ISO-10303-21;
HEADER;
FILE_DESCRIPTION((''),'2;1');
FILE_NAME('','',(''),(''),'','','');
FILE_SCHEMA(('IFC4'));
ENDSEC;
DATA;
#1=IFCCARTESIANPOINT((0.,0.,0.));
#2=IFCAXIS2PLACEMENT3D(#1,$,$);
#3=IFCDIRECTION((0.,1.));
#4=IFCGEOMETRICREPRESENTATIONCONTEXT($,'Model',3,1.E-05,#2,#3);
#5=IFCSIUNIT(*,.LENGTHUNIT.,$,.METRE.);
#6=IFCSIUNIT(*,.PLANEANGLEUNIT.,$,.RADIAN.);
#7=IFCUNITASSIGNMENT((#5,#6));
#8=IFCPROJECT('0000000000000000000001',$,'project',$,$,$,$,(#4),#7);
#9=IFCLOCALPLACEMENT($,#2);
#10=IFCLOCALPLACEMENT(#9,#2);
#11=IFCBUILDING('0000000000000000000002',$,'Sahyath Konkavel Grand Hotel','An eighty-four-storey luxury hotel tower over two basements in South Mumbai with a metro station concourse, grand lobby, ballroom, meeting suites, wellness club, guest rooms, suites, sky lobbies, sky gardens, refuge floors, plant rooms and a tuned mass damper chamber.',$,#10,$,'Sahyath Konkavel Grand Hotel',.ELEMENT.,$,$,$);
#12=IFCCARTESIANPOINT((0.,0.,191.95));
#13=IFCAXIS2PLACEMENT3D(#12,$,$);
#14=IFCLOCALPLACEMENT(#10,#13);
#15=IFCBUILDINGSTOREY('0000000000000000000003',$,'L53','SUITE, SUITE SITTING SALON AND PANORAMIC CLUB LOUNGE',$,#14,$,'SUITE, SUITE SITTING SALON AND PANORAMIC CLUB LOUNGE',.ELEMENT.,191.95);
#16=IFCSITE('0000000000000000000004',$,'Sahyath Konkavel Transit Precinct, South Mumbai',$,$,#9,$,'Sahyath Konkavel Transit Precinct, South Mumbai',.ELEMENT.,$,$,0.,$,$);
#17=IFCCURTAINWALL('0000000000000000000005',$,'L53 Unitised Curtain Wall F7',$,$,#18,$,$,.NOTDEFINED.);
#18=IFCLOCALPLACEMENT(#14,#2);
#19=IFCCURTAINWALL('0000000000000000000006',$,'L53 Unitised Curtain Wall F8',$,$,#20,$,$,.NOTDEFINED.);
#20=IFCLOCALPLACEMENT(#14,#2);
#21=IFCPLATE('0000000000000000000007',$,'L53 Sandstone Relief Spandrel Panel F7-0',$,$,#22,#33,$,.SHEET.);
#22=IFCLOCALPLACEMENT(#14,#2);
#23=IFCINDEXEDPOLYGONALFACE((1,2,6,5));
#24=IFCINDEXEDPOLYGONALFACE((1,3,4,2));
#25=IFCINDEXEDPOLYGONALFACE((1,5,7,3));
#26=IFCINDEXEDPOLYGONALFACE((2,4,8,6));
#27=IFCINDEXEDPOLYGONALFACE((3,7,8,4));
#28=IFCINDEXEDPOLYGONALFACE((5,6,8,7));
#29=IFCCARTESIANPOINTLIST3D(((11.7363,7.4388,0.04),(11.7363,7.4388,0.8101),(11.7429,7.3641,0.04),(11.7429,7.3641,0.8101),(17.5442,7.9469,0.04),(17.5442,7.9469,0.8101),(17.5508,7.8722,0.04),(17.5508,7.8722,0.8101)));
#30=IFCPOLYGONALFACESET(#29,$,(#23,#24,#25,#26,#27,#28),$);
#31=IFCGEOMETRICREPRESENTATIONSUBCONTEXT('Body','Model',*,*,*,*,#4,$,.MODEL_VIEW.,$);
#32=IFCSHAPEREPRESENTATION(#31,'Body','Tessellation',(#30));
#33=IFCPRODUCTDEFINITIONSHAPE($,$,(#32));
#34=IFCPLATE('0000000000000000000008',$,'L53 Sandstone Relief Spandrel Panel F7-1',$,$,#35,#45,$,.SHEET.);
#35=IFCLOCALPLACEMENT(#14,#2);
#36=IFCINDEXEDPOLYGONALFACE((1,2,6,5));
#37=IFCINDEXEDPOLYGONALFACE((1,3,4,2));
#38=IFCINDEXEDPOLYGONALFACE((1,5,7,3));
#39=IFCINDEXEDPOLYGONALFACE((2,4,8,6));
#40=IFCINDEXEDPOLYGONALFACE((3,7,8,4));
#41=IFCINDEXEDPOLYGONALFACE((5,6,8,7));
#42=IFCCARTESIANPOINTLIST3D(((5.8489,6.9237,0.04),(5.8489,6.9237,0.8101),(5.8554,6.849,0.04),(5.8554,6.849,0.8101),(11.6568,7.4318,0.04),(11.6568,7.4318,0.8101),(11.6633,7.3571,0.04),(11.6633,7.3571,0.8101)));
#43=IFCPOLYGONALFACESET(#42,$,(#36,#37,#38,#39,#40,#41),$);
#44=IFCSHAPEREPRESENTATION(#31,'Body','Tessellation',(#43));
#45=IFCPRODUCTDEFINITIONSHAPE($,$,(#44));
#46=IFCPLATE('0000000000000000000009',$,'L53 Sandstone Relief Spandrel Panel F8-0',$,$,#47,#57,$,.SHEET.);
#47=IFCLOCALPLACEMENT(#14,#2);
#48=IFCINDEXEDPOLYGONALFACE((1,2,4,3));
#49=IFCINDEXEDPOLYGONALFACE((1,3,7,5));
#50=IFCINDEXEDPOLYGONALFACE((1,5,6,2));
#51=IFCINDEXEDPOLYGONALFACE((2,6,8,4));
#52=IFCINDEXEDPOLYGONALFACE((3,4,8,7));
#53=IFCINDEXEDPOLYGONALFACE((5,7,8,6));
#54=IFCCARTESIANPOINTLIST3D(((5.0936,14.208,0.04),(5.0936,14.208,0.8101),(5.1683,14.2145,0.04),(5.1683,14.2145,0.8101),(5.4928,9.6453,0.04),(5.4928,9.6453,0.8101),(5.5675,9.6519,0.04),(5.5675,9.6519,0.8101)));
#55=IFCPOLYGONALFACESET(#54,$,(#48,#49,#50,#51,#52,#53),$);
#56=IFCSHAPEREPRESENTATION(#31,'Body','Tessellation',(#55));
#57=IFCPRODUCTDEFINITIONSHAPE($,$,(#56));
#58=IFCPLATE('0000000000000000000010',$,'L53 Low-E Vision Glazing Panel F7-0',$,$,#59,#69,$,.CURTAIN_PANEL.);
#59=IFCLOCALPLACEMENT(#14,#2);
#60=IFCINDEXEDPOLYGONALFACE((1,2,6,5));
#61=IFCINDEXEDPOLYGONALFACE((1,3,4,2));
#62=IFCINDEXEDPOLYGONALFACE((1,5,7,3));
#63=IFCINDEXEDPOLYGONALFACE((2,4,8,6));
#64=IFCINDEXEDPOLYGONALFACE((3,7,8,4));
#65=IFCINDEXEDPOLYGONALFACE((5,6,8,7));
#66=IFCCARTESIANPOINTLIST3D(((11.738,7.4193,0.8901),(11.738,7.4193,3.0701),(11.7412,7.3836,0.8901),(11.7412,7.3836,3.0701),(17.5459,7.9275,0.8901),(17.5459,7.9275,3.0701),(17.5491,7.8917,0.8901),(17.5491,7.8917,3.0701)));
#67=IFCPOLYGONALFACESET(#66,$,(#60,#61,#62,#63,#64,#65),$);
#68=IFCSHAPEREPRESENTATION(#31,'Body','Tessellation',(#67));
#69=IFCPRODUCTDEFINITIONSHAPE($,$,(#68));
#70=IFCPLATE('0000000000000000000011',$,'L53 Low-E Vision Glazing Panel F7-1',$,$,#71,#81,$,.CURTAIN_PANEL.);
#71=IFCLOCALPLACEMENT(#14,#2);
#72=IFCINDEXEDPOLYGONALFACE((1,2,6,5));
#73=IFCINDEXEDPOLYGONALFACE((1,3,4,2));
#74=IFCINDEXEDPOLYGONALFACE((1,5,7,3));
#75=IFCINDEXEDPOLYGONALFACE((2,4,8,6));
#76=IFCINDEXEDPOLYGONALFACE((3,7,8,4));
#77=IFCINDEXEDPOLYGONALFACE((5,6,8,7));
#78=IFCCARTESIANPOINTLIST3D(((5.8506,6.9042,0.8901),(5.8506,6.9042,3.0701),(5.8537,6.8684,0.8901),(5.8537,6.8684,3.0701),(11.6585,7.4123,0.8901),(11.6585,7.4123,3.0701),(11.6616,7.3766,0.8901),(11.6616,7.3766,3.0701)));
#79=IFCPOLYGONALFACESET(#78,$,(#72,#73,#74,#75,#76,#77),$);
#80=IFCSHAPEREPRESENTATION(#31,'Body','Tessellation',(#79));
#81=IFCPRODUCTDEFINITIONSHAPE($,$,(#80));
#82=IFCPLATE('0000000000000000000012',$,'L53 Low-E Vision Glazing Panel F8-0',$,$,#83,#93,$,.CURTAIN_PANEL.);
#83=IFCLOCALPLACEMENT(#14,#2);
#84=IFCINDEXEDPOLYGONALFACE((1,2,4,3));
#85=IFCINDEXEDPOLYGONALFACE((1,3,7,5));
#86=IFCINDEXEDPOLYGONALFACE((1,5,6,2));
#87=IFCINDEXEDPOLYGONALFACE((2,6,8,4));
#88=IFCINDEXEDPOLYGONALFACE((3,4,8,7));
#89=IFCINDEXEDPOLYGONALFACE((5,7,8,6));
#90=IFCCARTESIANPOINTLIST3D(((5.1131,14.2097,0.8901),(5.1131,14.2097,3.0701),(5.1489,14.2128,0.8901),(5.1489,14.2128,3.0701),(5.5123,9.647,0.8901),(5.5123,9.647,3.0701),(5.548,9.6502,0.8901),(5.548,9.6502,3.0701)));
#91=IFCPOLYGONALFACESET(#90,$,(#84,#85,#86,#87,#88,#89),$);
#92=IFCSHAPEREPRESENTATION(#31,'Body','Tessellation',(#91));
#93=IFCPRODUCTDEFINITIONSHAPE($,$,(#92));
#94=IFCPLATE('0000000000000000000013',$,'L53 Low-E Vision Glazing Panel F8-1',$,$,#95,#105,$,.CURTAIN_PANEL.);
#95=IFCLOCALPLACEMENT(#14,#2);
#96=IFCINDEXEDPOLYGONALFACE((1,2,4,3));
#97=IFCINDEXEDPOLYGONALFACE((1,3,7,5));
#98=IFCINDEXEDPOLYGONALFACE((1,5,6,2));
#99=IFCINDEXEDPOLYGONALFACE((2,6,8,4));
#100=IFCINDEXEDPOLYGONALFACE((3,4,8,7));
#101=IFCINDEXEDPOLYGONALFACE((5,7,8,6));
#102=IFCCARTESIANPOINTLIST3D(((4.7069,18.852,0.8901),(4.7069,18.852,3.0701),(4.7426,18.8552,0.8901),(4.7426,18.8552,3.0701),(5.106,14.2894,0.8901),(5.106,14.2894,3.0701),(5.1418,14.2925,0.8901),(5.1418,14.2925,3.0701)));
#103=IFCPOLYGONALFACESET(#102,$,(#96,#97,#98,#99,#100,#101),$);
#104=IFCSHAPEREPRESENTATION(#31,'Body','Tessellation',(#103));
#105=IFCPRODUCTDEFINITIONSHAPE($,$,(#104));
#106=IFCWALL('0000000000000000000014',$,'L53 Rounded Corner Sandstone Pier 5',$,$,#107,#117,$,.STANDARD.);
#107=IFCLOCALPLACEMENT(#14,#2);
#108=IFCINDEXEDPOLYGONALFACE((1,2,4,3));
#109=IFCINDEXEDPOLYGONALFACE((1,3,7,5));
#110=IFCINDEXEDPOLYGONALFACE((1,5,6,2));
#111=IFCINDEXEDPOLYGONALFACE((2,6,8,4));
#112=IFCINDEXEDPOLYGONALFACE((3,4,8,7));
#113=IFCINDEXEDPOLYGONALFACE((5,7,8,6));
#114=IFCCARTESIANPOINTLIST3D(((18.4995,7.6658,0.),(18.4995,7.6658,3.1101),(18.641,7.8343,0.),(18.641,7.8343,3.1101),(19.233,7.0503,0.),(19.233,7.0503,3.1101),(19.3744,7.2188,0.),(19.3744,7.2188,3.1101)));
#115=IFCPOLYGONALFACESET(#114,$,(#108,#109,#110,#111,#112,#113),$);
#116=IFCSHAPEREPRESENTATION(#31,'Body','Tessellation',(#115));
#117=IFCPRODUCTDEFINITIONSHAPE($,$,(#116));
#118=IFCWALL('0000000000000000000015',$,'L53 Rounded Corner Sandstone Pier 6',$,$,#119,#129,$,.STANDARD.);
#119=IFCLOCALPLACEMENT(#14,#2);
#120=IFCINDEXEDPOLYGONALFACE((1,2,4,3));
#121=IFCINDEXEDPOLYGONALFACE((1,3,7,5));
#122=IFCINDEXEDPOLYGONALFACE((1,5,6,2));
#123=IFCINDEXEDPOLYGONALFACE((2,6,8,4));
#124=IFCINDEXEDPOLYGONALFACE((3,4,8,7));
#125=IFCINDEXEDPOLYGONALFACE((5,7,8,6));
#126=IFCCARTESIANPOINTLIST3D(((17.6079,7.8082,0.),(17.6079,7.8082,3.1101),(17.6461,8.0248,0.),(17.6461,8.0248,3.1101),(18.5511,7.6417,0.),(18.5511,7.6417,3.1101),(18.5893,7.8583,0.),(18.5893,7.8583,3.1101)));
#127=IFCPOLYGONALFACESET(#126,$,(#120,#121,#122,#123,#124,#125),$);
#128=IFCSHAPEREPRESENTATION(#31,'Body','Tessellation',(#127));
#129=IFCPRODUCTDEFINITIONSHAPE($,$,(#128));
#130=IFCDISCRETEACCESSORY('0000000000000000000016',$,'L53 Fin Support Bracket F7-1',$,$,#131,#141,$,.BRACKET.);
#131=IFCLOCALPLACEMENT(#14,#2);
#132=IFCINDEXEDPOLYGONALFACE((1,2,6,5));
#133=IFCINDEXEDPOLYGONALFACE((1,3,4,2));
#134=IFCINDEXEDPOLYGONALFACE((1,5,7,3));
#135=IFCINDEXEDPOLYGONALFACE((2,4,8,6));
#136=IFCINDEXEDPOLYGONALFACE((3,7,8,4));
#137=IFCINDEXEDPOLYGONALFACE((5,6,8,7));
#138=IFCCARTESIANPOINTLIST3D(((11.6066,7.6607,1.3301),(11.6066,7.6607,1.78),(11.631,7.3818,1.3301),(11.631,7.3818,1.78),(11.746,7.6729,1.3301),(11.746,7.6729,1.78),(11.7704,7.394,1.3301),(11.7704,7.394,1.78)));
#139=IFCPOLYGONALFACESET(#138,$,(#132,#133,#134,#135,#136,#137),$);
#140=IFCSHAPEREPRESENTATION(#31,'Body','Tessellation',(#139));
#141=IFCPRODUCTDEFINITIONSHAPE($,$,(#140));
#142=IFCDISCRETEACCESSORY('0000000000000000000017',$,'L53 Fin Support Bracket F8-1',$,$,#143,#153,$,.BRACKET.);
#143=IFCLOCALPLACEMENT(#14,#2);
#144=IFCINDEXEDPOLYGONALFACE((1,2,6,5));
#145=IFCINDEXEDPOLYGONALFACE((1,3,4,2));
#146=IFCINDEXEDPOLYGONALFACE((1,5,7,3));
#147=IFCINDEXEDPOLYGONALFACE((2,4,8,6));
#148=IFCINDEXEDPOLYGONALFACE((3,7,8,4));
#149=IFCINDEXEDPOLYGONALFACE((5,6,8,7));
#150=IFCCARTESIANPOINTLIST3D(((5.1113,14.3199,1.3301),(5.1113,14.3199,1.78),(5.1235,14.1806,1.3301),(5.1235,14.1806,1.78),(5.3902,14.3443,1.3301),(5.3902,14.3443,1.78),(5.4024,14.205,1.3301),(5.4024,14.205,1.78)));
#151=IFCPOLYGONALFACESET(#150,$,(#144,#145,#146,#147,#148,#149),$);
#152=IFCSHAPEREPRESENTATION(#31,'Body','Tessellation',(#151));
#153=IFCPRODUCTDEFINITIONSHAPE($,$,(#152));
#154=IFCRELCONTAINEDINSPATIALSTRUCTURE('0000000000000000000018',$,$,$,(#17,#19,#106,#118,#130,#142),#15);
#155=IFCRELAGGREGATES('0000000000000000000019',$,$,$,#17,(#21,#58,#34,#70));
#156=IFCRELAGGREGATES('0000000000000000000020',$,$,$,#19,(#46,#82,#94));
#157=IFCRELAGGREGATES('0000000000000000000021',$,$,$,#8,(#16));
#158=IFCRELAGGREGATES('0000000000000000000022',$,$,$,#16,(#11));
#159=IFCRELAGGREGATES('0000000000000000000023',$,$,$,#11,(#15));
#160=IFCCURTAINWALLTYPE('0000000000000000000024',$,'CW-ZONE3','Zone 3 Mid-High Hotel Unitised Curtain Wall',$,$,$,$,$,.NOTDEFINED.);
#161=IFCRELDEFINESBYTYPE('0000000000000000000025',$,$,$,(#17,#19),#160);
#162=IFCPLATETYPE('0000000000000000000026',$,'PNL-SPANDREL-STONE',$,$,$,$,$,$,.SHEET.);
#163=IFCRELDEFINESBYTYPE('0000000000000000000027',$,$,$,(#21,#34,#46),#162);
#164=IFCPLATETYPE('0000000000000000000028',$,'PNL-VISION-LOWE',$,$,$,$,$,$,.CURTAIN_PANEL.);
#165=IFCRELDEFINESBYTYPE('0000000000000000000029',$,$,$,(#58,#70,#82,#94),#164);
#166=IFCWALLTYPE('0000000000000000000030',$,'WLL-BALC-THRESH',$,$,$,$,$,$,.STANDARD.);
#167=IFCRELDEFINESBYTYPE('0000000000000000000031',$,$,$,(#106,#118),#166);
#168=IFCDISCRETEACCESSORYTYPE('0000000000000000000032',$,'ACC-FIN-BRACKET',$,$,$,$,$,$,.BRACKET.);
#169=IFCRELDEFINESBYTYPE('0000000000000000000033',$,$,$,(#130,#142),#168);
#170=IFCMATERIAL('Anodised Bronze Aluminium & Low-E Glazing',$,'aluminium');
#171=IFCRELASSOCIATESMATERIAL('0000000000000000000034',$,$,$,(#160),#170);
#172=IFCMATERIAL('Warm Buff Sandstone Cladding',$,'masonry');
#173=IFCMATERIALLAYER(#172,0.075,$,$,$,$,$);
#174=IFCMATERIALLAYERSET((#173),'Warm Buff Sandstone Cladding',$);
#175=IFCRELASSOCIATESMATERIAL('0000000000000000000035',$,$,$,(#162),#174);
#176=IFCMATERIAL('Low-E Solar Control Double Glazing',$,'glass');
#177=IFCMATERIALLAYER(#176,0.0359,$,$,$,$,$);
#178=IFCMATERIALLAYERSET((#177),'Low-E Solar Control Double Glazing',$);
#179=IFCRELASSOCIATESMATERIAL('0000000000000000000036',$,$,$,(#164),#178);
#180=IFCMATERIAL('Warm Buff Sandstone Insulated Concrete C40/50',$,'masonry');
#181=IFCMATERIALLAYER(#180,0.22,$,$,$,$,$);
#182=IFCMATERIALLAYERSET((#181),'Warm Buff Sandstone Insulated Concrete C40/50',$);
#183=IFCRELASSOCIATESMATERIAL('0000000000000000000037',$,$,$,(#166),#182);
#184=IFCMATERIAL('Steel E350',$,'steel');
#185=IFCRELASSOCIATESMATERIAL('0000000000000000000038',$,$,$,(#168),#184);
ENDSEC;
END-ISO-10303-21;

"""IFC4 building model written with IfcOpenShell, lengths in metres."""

from ifc_helpers import new_model, si_unit, direction, frame, frame_2d, origin, origin_2d, place, context, subcontext, project, spatial, rectangle, extrude, source, transform, mapped, material, layer, layer_set, type_object, element, aggregate, save


model = new_model("IFC4")

# Units and contexts
model_context = context("Model", 3, precision=1e-05, world=origin(), true_north=direction((0.0, 1.0)))
body_context = subcontext(model_context, "Body", "Model", "MODEL_VIEW")
ifc_project = project(units=[si_unit("LENGTHUNIT", "METRE"), si_unit("PLANEANGLEUNIT", "RADIAN")], contexts=[model_context])

# Site, building, storey
site_placement = place(None, origin())
site = spatial("IfcSite", under=ifc_project, at=site_placement, Name="Sahyath Konkavel Transit Precinct, South Mumbai", LongName="Sahyath Konkavel Transit Precinct, South Mumbai", CompositionType="ELEMENT", RefElevation=0.0)
building_placement = place(site_placement, origin())
building = spatial("IfcBuilding", under=site, at=building_placement, Name="Sahyath Konkavel Grand Hotel", Description="An eighty-four-storey luxury hotel tower over two basements in South Mumbai with a metro station concourse, grand lobby, ballroom, meeting suites, wellness club, guest rooms, suites, sky lobbies, sky gardens, refuge floors, plant rooms and a tuned mass damper chamber.", LongName="Sahyath Konkavel Grand Hotel", CompositionType="ELEMENT")
storey_placement = place(building_placement, frame((0.0, 0.0, 191.95)))
storey = spatial("IfcBuildingStorey", under=building, at=storey_placement, Name="L53", Description="SUITE, SUITE SITTING SALON AND PANORAMIC CLUB LOUNGE", LongName="SUITE, SUITE SITTING SALON AND PANORAMIC CLUB LOUNGE", CompositionType="ELEMENT", Elevation=191.95)

# Curtain walls
ifc_material_1 = material(Name="Anodised Bronze Aluminium & Low-E Glazing", Category="aluminium")
curtain_wall_type = type_object("IfcCurtainWallType", Name="CW-ZONE3", Description="Zone 3 Mid-High Hotel Unitised Curtain Wall", PredefinedType="NOTDEFINED", material=ifc_material_1)
curtain_wall_1_placement = place(storey_placement, origin())
curtain_wall_1 = element("IfcCurtainWall", 1, at=curtain_wall_1_placement, inside=storey, type_object=curtain_wall_type, Name="L53 Unitised Curtain Wall F7", PredefinedType="NOTDEFINED")
curtain_wall_2_placement = place(storey_placement, origin())
curtain_wall_2 = element("IfcCurtainWall", 2, at=curtain_wall_2_placement, inside=storey, type_object=curtain_wall_type, Name="L53 Unitised Curtain Wall F8", PredefinedType="NOTDEFINED")

# Plates
ifc_material_2 = material(Name="Warm Buff Sandstone Cladding", Category="masonry")
ifc_layer_1 = layer(ifc_material_2, 0.075)
ifc_layer_set_1 = layer_set([ifc_layer_1], Name="Warm Buff Sandstone Cladding")
plate_type_1 = type_object("IfcPlateType", Name="PNL-SPANDREL-STONE", PredefinedType="SHEET", material=ifc_layer_set_1)
shared_shape_1 = source(origin(), body_context, "Body", "SweptSolid", [
    extrude(rectangle(XDim=5.8301, YDim=0.075, at=origin_2d()), origin(), (0.0, 0.0, 1.0), 0.77),
])
plate_1_placement = place(storey_placement, frame((14.6436, 7.6555, 0.04), z_axis=(0.0, 0.0, 1.0), x_axis=(-0.996195, -0.087156, 0.0)))
plate_1 = element("IfcPlate", 3, at=plate_1_placement, type_object=plate_type_1, Name="L53 Sandstone Relief Spandrel Panel F7-0", PredefinedType="SHEET", context=body_context, shape_type="MappedRepresentation", body=[
    mapped(shared_shape_1, transform((0.0, 0.0, 0.0), scale=1.0)),
])
plate_2_placement = place(storey_placement, frame((8.7561, 7.1404, 0.04), z_axis=(0.0, 0.0, 1.0), x_axis=(-0.996195, -0.087156, 0.0)))
plate_2 = element("IfcPlate", 4, at=plate_2_placement, type_object=plate_type_1, Name="L53 Sandstone Relief Spandrel Panel F7-1", PredefinedType="SHEET", context=body_context, shape_type="MappedRepresentation", body=[
    mapped(shared_shape_1, transform((0.0, 0.0, 0.0), scale=1.0)),
])
shared_shape_2 = source(origin(), body_context, "Body", "SweptSolid", [
    extrude(rectangle(XDim=4.5801, YDim=0.075, at=origin_2d()), origin(), (0.0, 0.0, 1.0), 0.77),
])
plate_3_placement = place(storey_placement, frame((5.3306, 11.9299, 0.04), z_axis=(0.0, 0.0, 1.0), x_axis=(-0.087156, 0.996195, 0.0)))
plate_3 = element("IfcPlate", 5, at=plate_3_placement, type_object=plate_type_1, Name="L53 Sandstone Relief Spandrel Panel F8-0", PredefinedType="SHEET", context=body_context, shape_type="MappedRepresentation", body=[
    mapped(shared_shape_2, transform((0.0, 0.0, 0.0), scale=1.0)),
])
ifc_material_3 = material(Name="Low-E Solar Control Double Glazing", Category="glass")
ifc_layer_2 = layer(ifc_material_3, 0.0359)
ifc_layer_set_2 = layer_set([ifc_layer_2], Name="Low-E Solar Control Double Glazing")
plate_type_2 = type_object("IfcPlateType", Name="PNL-VISION-LOWE", PredefinedType="CURTAIN_PANEL", material=ifc_layer_set_2)
shared_shape_3 = source(origin(), body_context, "Body", "SweptSolid", [
    extrude(rectangle(XDim=5.8301, YDim=0.0359, at=origin_2d()), origin(), (0.0, 0.0, 1.0), 2.1799),
])
plate_4_placement = place(storey_placement, frame((14.6436, 7.6555, 0.8901), z_axis=(0.0, 0.0, 1.0), x_axis=(-0.996195, -0.087156, 0.0)))
plate_4 = element("IfcPlate", 6, at=plate_4_placement, type_object=plate_type_2, Name="L53 Low-E Vision Glazing Panel F7-0", PredefinedType="CURTAIN_PANEL", context=body_context, shape_type="MappedRepresentation", body=[
    mapped(shared_shape_3, transform((0.0, 0.0, 0.0), scale=1.0)),
])
plate_5_placement = place(storey_placement, frame((8.7561, 7.1404, 0.8901), z_axis=(0.0, 0.0, 1.0), x_axis=(-0.996195, -0.087156, 0.0)))
plate_5 = element("IfcPlate", 7, at=plate_5_placement, type_object=plate_type_2, Name="L53 Low-E Vision Glazing Panel F7-1", PredefinedType="CURTAIN_PANEL", context=body_context, shape_type="MappedRepresentation", body=[
    mapped(shared_shape_3, transform((0.0, 0.0, 0.0), scale=1.0)),
])
aggregate(curtain_wall_1, [plate_1, plate_4, plate_2, plate_5])
shared_shape_4 = source(origin(), body_context, "Body", "SweptSolid", [
    extrude(rectangle(XDim=4.5801, YDim=0.0359, at=origin_2d()), origin(), (0.0, 0.0, 1.0), 2.1799),
])
plate_6_placement = place(storey_placement, frame((5.3306, 11.9299, 0.8901), z_axis=(0.0, 0.0, 1.0), x_axis=(-0.087156, 0.996195, 0.0)))
plate_6 = element("IfcPlate", 8, at=plate_6_placement, type_object=plate_type_2, Name="L53 Low-E Vision Glazing Panel F8-0", PredefinedType="CURTAIN_PANEL", context=body_context, shape_type="MappedRepresentation", body=[
    mapped(shared_shape_4, transform((0.0, 0.0, 0.0), scale=1.0)),
])
plate_7_placement = place(storey_placement, frame((4.9243, 16.5723, 0.8901), z_axis=(0.0, 0.0, 1.0), x_axis=(-0.087156, 0.996195, 0.0)))
plate_7 = element("IfcPlate", 9, at=plate_7_placement, type_object=plate_type_2, Name="L53 Low-E Vision Glazing Panel F8-1", PredefinedType="CURTAIN_PANEL", context=body_context, shape_type="MappedRepresentation", body=[
    mapped(shared_shape_4, transform((0.0, 0.0, 0.0), scale=1.0)),
])
aggregate(curtain_wall_2, [plate_3, plate_6, plate_7])

# Walls
ifc_material_4 = material(Name="Warm Buff Sandstone Insulated Concrete C40/50", Category="masonry")
ifc_layer_3 = layer(ifc_material_4, 0.22)
ifc_layer_set_3 = layer_set([ifc_layer_3], Name="Warm Buff Sandstone Insulated Concrete C40/50")
wall_type = type_object("IfcWallType", Name="WLL-BALC-THRESH", PredefinedType="STANDARD", material=ifc_layer_set_3)
wall_1_placement = place(storey_placement, frame((19.3037, 7.1345, 0.0), z_axis=(0.0, 0.0, 1.0), x_axis=(-0.766001, 0.642839, 0.0)))
element("IfcWall", 10, at=wall_1_placement, inside=storey, type_object=wall_type, Name="L53 Rounded Corner Sandstone Pier 5", PredefinedType="STANDARD", context=body_context, shape_type="SweptSolid", body=[
    extrude(rectangle(XDim=0.9575, YDim=0.22, at=frame_2d((0.4788, 0.0))), origin(), (0.0, 0.0, 1.0), 3.1101),
])
wall_2_placement = place(storey_placement, frame((18.5703, 7.75, 0.0), z_axis=(0.0, 0.0, 1.0), x_axis=(-0.984771, 0.173858, 0.0)))
element("IfcWall", 11, at=wall_2_placement, inside=storey, type_object=wall_type, Name="L53 Rounded Corner Sandstone Pier 6", PredefinedType="STANDARD", context=body_context, shape_type="SweptSolid", body=[
    extrude(rectangle(XDim=0.9578, YDim=0.22, at=frame_2d((0.479, 0.0))), origin(), (0.0, 0.0, 1.0), 3.1101),
])

# Discrete accessories
ifc_material_5 = material(Name="Steel E350", Category="steel")
discrete_accessory_type = type_object("IfcDiscreteAccessoryType", Name="ACC-FIN-BRACKET", PredefinedType="BRACKET", material=ifc_material_5)
shared_shape_5 = source(origin(), body_context, "Body", "SweptSolid", [
    extrude(rectangle(XDim=0.28, YDim=0.1399, at=origin_2d()), origin(), (0.0, 0.0, 1.0), 0.45),
])
for number, where, z_axis, x_axis, name in (
    (12, (11.6885, 7.5273, 1.3301), (0.0, 0.0, 1.0), (-0.087156, 0.996195, 0.0), "L53 Fin Support Bracket F7-1"),
    (13, (5.2568, 14.2625, 1.3301), (0.0, 0.0, 1.0), (0.996195, 0.087156, 0.0), "L53 Fin Support Bracket F8-1"),
):
    element("IfcDiscreteAccessory", number, at=place(storey_placement, frame(where, z_axis=z_axis, x_axis=x_axis)), inside=storey, type_object=discrete_accessory_type, Name=name, PredefinedType="BRACKET", context=body_context, shape_type="MappedRepresentation", body=[
        mapped(shared_shape_5, transform((0.0, 0.0, 0.0), scale=1.0)),
    ])

save(model, "model.ifc")
